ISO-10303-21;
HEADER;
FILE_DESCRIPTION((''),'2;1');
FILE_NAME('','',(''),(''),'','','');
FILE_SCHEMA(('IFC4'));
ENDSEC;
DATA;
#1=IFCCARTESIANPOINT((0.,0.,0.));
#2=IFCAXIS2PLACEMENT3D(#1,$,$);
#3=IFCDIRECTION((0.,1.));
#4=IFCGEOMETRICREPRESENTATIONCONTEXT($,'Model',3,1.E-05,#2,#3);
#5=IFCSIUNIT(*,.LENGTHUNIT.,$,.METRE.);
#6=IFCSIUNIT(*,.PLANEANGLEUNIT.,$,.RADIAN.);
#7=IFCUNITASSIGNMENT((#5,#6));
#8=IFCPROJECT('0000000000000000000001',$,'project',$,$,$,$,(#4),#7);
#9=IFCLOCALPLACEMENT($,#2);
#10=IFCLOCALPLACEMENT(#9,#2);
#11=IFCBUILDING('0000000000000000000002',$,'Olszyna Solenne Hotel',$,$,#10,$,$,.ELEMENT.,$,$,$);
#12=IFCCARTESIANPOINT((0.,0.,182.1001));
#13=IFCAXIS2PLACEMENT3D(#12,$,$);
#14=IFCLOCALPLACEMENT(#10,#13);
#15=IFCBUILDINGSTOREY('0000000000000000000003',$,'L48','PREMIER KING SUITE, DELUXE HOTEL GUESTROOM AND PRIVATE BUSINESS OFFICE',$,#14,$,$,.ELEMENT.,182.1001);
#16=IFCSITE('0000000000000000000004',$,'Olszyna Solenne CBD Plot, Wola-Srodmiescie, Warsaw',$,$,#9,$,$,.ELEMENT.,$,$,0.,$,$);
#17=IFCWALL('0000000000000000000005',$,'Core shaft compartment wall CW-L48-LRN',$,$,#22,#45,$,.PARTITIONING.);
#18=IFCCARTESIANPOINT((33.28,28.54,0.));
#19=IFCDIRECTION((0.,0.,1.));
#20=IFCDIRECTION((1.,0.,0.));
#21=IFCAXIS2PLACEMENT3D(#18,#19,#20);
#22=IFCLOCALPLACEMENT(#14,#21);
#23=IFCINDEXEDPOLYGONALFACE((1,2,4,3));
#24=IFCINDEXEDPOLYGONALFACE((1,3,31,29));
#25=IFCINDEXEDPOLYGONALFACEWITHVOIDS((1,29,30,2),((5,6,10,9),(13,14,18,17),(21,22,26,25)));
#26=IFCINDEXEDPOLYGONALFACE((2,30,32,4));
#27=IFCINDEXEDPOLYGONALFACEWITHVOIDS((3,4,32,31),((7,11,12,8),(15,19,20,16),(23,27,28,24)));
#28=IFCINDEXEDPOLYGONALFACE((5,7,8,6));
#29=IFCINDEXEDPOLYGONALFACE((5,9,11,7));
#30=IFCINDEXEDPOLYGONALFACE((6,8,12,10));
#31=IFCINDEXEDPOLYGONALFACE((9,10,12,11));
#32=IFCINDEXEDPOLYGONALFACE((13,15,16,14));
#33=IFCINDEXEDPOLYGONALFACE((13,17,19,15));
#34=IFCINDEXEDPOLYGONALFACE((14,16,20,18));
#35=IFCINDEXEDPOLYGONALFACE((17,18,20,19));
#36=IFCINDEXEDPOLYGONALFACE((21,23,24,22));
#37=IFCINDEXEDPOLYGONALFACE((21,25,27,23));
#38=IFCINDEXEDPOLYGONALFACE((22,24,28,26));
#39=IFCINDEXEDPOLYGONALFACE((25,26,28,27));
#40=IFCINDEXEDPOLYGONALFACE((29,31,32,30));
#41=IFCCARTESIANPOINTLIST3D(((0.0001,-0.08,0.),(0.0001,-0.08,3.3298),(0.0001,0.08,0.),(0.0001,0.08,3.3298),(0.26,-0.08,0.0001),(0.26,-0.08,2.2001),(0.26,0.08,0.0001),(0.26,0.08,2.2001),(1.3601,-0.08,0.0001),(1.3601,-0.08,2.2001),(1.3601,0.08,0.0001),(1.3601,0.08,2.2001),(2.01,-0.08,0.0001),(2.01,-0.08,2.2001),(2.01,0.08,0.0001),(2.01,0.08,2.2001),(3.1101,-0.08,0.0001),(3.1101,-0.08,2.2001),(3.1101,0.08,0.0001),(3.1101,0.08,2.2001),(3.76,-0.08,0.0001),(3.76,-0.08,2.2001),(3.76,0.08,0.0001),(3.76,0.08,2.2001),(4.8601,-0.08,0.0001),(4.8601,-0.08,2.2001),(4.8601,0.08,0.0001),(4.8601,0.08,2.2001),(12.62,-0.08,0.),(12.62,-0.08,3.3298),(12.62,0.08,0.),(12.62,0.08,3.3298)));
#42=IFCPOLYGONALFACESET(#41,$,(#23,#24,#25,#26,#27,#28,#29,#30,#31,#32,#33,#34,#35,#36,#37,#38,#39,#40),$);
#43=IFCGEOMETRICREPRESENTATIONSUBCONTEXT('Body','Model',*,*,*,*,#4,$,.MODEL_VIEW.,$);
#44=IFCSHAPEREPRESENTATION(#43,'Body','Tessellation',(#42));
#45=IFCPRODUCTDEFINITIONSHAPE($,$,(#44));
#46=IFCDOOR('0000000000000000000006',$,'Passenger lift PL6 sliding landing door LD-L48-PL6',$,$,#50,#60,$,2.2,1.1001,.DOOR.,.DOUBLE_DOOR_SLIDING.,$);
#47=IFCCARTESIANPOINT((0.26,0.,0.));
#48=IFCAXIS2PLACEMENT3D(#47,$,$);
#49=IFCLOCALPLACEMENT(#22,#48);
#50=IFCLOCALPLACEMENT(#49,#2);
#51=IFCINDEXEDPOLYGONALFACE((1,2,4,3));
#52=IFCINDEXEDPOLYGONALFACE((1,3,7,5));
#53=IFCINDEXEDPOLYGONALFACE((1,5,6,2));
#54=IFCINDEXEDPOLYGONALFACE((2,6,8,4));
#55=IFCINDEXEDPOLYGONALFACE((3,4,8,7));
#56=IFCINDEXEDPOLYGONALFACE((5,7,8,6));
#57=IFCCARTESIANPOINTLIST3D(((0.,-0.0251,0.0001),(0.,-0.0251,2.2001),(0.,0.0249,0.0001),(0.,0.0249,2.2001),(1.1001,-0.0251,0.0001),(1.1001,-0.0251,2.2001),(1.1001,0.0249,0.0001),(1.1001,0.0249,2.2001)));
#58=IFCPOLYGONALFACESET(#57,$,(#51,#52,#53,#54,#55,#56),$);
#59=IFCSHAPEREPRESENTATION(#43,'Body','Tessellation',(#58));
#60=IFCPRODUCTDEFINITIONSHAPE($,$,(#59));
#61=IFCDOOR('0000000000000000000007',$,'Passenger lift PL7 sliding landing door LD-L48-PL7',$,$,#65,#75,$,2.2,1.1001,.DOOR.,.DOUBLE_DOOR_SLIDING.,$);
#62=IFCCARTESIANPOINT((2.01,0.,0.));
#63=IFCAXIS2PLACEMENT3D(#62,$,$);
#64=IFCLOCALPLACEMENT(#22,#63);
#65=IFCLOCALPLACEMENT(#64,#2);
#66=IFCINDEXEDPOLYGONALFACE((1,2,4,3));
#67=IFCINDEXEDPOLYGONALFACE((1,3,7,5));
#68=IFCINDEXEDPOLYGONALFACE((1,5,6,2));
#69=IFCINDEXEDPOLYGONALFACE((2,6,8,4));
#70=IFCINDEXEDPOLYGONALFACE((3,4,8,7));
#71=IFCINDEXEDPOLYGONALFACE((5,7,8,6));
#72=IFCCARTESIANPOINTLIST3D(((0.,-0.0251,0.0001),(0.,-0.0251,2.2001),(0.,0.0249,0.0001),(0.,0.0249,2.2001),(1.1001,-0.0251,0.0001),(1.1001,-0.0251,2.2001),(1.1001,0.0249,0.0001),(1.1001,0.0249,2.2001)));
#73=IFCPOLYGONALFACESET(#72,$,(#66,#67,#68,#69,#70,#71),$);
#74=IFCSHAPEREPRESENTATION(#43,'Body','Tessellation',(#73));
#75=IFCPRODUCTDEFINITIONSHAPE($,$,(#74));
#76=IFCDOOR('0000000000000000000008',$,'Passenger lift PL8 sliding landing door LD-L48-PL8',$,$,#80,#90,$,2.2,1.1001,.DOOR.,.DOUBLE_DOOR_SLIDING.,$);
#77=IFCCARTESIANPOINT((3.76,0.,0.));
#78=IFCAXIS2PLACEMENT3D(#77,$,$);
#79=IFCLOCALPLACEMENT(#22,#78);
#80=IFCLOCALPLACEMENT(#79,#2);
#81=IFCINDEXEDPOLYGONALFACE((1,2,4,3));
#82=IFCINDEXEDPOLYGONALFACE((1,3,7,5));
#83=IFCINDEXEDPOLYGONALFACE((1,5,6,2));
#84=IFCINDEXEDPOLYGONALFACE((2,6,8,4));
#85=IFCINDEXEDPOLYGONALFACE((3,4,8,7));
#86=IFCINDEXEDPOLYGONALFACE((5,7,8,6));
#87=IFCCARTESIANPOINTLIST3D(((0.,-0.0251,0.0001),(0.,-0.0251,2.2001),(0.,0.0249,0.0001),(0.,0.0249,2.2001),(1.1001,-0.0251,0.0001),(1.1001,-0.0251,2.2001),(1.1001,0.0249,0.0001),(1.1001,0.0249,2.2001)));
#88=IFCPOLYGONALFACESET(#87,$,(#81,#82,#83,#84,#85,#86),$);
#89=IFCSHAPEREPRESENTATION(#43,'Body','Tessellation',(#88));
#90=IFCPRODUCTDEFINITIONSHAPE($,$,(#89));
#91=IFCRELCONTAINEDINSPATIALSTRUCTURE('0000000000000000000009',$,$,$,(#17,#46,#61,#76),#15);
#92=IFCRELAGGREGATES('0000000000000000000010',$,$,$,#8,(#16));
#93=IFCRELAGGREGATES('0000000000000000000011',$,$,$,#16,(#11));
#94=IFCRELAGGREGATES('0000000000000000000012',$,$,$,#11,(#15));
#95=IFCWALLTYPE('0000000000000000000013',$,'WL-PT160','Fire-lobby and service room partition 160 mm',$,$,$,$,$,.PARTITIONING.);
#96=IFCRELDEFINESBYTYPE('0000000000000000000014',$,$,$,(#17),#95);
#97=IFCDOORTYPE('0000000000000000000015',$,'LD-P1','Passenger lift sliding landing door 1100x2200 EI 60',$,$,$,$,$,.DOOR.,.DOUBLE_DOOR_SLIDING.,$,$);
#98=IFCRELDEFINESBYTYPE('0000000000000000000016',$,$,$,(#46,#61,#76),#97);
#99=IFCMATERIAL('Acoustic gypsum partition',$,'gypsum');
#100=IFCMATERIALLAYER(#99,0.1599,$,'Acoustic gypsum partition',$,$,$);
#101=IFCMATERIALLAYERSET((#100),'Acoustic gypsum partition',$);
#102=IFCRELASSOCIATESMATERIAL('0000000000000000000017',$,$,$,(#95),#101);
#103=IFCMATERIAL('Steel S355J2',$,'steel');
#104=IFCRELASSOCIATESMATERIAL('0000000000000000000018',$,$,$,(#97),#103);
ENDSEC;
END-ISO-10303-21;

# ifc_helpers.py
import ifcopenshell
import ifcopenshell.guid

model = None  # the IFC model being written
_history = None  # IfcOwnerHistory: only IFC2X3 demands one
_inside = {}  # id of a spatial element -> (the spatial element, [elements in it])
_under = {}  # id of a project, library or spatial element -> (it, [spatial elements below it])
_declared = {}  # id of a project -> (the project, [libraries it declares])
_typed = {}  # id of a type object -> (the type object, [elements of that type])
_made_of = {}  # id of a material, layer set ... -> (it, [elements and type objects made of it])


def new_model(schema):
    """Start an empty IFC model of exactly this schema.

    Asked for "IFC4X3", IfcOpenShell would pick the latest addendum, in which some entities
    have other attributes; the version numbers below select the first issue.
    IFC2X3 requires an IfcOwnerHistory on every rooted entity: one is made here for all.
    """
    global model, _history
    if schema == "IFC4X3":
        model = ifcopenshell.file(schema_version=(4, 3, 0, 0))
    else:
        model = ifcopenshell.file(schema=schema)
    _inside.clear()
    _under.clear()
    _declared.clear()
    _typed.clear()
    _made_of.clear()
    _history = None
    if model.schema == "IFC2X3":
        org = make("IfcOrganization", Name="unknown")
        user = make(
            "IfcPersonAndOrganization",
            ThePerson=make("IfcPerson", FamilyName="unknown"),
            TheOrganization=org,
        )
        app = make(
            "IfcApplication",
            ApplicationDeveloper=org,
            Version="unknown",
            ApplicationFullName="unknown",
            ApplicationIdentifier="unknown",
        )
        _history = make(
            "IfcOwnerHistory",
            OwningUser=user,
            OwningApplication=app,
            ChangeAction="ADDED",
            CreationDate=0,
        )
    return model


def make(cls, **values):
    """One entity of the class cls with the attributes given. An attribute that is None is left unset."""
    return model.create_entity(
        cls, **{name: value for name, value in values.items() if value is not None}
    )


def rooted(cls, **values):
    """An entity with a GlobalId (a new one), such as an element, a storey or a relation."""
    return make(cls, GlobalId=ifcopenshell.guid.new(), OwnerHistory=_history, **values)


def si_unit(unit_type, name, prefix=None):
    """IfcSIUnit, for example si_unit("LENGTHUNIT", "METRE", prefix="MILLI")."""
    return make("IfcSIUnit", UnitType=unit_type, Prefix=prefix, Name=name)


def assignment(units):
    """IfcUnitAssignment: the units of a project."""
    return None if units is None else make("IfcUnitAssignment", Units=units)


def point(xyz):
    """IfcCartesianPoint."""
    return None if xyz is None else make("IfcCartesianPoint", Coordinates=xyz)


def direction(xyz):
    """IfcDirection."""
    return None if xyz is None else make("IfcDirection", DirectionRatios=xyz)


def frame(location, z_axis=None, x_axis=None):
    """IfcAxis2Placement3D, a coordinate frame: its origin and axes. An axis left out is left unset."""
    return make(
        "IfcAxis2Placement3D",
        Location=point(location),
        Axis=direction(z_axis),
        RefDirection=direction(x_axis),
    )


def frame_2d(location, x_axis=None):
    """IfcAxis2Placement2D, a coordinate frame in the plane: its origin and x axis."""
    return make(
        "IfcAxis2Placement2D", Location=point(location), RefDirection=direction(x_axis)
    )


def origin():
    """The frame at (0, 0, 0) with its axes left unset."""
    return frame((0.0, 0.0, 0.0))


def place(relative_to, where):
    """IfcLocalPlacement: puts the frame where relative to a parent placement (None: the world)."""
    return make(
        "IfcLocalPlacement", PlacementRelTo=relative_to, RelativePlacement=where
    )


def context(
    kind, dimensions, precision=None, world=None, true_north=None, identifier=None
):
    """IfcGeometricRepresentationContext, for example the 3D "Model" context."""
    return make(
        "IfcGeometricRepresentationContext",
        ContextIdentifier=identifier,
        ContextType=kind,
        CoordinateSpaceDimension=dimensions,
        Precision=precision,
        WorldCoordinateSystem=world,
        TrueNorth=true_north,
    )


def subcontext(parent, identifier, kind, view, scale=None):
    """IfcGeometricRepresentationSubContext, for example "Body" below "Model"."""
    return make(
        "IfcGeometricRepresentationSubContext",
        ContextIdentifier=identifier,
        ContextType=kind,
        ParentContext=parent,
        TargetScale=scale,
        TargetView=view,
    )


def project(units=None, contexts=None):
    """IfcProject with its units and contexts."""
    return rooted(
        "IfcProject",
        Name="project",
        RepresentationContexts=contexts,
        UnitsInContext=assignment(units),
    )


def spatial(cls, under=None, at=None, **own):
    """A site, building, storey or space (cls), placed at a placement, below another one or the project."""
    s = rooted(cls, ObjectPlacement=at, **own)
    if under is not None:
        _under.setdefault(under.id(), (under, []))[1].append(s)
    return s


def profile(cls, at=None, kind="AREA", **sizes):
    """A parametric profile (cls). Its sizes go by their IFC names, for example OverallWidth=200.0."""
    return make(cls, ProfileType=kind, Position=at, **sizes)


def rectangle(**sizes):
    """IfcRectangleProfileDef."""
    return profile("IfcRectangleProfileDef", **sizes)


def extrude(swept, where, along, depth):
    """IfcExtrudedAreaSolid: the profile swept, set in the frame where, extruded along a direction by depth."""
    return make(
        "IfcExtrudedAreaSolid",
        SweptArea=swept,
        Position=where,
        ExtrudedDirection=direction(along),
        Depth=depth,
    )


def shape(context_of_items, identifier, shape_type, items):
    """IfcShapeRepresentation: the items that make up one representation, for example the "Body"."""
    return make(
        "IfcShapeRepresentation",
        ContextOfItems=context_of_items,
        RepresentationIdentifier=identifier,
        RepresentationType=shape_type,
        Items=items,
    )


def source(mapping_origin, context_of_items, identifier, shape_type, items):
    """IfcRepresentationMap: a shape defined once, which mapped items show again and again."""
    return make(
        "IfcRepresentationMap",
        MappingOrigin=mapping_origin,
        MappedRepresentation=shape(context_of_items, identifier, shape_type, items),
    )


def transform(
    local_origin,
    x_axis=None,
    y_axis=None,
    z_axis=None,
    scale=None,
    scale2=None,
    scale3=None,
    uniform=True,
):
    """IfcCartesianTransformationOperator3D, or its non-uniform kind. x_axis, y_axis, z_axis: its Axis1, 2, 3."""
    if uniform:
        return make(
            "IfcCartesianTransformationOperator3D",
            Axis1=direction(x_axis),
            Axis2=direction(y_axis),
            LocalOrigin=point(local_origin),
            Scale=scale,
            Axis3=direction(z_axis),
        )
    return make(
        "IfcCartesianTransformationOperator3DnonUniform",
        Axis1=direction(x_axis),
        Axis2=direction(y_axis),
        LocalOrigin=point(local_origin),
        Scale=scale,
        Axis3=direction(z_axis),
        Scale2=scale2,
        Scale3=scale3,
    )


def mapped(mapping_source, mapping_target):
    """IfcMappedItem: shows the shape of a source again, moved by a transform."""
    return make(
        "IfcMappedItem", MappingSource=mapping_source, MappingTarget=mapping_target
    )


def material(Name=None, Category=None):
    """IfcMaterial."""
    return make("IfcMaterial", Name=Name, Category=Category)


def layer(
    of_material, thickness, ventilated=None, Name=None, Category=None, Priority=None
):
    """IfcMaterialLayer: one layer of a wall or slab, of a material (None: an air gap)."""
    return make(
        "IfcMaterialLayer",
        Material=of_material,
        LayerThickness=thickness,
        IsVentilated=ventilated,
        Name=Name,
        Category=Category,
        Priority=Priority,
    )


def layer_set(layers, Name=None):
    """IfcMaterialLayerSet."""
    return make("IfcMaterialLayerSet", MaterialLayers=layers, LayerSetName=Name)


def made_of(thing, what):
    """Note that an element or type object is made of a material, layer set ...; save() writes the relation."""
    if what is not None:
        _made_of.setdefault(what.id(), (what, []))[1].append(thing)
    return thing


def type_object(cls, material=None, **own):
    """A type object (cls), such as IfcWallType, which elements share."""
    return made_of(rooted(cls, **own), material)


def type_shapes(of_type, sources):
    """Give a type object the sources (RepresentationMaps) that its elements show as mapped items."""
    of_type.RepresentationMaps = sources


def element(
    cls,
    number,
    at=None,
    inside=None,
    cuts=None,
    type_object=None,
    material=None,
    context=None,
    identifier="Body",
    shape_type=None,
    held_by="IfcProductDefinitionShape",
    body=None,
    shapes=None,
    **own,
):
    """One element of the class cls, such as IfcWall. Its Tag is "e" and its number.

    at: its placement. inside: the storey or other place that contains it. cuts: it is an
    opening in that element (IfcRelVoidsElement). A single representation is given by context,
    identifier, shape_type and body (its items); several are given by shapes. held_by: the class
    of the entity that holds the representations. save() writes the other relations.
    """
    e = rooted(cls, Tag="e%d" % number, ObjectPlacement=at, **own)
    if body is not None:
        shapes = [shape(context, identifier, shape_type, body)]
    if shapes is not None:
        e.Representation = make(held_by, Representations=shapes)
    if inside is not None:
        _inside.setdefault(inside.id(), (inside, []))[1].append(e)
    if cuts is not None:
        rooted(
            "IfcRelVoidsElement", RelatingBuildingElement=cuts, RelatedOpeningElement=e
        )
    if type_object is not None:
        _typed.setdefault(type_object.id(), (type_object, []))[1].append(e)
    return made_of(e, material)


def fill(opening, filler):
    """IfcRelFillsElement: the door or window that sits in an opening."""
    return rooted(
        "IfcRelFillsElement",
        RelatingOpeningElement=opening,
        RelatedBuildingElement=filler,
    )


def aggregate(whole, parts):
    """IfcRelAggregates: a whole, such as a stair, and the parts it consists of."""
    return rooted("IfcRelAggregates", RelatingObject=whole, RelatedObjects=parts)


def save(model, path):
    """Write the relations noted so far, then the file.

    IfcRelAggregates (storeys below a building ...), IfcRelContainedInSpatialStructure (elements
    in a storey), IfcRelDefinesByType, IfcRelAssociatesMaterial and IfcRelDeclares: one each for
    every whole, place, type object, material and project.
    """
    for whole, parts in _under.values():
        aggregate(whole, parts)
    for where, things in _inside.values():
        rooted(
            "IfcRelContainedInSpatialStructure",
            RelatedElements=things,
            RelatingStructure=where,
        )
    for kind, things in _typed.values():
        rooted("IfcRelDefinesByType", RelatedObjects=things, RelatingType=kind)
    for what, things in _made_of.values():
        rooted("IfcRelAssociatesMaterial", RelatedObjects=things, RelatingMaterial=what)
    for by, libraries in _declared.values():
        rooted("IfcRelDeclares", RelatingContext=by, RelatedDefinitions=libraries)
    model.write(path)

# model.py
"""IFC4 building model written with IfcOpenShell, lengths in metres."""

from ifc_helpers import new_model, si_unit, direction, frame, frame_2d, origin, place, context, subcontext, project, spatial, rectangle, extrude, source, transform, mapped, material, layer, layer_set, type_object, type_shapes, element, fill, save


model = new_model("IFC4")

# Units and contexts
model_context = context("Model", 3, precision=1e-05, world=origin(), true_north=direction((0.0, 1.0)))
body_context = subcontext(model_context, "Body", "Model", "MODEL_VIEW")
ifc_project = project(units=[si_unit("LENGTHUNIT", "METRE"), si_unit("PLANEANGLEUNIT", "RADIAN")], contexts=[model_context])

# Site, building, storey
site_placement = place(None, origin())
site = spatial("IfcSite", under=ifc_project, at=site_placement, Name="Olszyna Solenne CBD Plot, Wola-Srodmiescie, Warsaw", CompositionType="ELEMENT", RefElevation=0.0)
building_placement = place(site_placement, origin())
building = spatial("IfcBuilding", under=site, at=building_placement, Name="Olszyna Solenne Hotel", CompositionType="ELEMENT")
storey_placement = place(building_placement, frame((0.0, 0.0, 182.1001)))
storey = spatial("IfcBuildingStorey", under=building, at=storey_placement, Name="L48", Description="PREMIER KING SUITE, DELUXE HOTEL GUESTROOM AND PRIVATE BUSINESS OFFICE", CompositionType="ELEMENT", Elevation=182.1001)

# Shared definitions
ifc_material_1 = material(Name="Steel S355J2", Category="steel")

# Shared definitions
ifc_material_2 = material(Name="Acoustic gypsum partition", Category="gypsum")
ifc_layer_1 = layer(ifc_material_2, 0.1599, Name="Acoustic gypsum partition")
ifc_layer_set_1 = layer_set([ifc_layer_1], Name="Acoustic gypsum partition")
wall_type_1 = type_object("IfcWallType", Name="WL-PT160", Description="Fire-lobby and service room partition 160 mm", PredefinedType="PARTITIONING", material=ifc_layer_set_1)

# Wall, openings, doors
door_type_1 = type_object("IfcDoorType", Name="LD-P1", Description="Passenger lift sliding landing door 1100x2200 EI 60", OperationType="DOUBLE_DOOR_SLIDING", PredefinedType="DOOR", material=ifc_material_1)
shared_shape_1 = source(origin(), body_context, "Body", "SweptSolid", [
    extrude(rectangle(XDim=1.1001, YDim=2.2, at=frame_2d((0.55, 1.1001))), frame((0.0, 0.0249, 0.0), z_axis=(0.0, -1.0, 0.0), x_axis=(1.0, 0.0, 0.0)), (0.0, 0.0, 1.0), 0.05),
])
type_shapes(door_type_1, [shared_shape_1])
wall_1_placement = place(storey_placement, frame((33.28, 28.54, 0.0), z_axis=(0.0, 0.0, 1.0), x_axis=(1.0, 0.0, 0.0)))
wall_1 = element("IfcWall", 1, at=wall_1_placement, inside=storey, type_object=wall_type_1, Name="Core shaft compartment wall CW-L48-LRN", PredefinedType="PARTITIONING", context=body_context, shape_type="SweptSolid", body=[
    extrude(rectangle(XDim=12.6199, YDim=0.1599, at=frame_2d((6.3101, 0.0))), origin(), (0.0, 0.0, 1.0), 3.3298),
])
opening_1_placement = place(wall_1_placement, frame((0.26, 0.0, 0.0)))
opening_1 = element("IfcOpeningElement", 2, at=opening_1_placement, cuts=wall_1, PredefinedType="OPENING", context=body_context, shape_type="SweptSolid", body=[
    extrude(rectangle(XDim=1.1001, YDim=2.2, at=frame_2d((0.55, 1.1001))), frame((0.0, 0.0898, 0.0), z_axis=(0.0, -1.0, 0.0), x_axis=(1.0, 0.0, 0.0)), (0.0, 0.0, 1.0), 0.1799),
])
opening_2_placement = place(wall_1_placement, frame((2.01, 0.0, 0.0)))
opening_2 = element("IfcOpeningElement", 3, at=opening_2_placement, cuts=wall_1, PredefinedType="OPENING", context=body_context, shape_type="SweptSolid", body=[
    extrude(rectangle(XDim=1.1001, YDim=2.2, at=frame_2d((0.55, 1.1001))), frame((0.0, 0.0898, 0.0), z_axis=(0.0, -1.0, 0.0), x_axis=(1.0, 0.0, 0.0)), (0.0, 0.0, 1.0), 0.1799),
])
opening_3_placement = place(wall_1_placement, frame((3.76, 0.0, 0.0)))
opening_3 = element("IfcOpeningElement", 4, at=opening_3_placement, cuts=wall_1, PredefinedType="OPENING", context=body_context, shape_type="SweptSolid", body=[
    extrude(rectangle(XDim=1.1001, YDim=2.2, at=frame_2d((0.55, 1.1001))), frame((0.0, 0.0898, 0.0), z_axis=(0.0, -1.0, 0.0), x_axis=(1.0, 0.0, 0.0)), (0.0, 0.0, 1.0), 0.1799),
])
door_1_placement = place(opening_1_placement, origin())
door_1 = element("IfcDoor", 5, at=door_1_placement, inside=storey, type_object=door_type_1, Name="Passenger lift PL6 sliding landing door LD-L48-PL6", OperationType="DOUBLE_DOOR_SLIDING", OverallHeight=2.2, OverallWidth=1.1001, PredefinedType="DOOR", context=body_context, shape_type="MappedRepresentation", body=[
    mapped(shared_shape_1, transform((0.0, 0.0, 0.0), x_axis=(1.0, 0.0, 0.0), y_axis=(0.0, 1.0, 0.0), z_axis=(0.0, 0.0, 1.0), scale=1.0)),
])
fill(opening_1, door_1)
door_2_placement = place(opening_2_placement, origin())
door_2 = element("IfcDoor", 6, at=door_2_placement, inside=storey, type_object=door_type_1, Name="Passenger lift PL7 sliding landing door LD-L48-PL7", OperationType="DOUBLE_DOOR_SLIDING", OverallHeight=2.2, OverallWidth=1.1001, PredefinedType="DOOR", context=body_context, shape_type="MappedRepresentation", body=[
    mapped(shared_shape_1, transform((0.0, 0.0, 0.0), x_axis=(1.0, 0.0, 0.0), y_axis=(0.0, 1.0, 0.0), z_axis=(0.0, 0.0, 1.0), scale=1.0)),
])
fill(opening_2, door_2)
door_3_placement = place(opening_3_placement, origin())
door_3 = element("IfcDoor", 7, at=door_3_placement, inside=storey, type_object=door_type_1, Name="Passenger lift PL8 sliding landing door LD-L48-PL8", OperationType="DOUBLE_DOOR_SLIDING", OverallHeight=2.2, OverallWidth=1.1001, PredefinedType="DOOR", context=body_context, shape_type="MappedRepresentation", body=[
    mapped(shared_shape_1, transform((0.0, 0.0, 0.0), x_axis=(1.0, 0.0, 0.0), y_axis=(0.0, 1.0, 0.0), z_axis=(0.0, 0.0, 1.0), scale=1.0)),
])
fill(opening_3, door_3)

save(model, "model.ifc")
